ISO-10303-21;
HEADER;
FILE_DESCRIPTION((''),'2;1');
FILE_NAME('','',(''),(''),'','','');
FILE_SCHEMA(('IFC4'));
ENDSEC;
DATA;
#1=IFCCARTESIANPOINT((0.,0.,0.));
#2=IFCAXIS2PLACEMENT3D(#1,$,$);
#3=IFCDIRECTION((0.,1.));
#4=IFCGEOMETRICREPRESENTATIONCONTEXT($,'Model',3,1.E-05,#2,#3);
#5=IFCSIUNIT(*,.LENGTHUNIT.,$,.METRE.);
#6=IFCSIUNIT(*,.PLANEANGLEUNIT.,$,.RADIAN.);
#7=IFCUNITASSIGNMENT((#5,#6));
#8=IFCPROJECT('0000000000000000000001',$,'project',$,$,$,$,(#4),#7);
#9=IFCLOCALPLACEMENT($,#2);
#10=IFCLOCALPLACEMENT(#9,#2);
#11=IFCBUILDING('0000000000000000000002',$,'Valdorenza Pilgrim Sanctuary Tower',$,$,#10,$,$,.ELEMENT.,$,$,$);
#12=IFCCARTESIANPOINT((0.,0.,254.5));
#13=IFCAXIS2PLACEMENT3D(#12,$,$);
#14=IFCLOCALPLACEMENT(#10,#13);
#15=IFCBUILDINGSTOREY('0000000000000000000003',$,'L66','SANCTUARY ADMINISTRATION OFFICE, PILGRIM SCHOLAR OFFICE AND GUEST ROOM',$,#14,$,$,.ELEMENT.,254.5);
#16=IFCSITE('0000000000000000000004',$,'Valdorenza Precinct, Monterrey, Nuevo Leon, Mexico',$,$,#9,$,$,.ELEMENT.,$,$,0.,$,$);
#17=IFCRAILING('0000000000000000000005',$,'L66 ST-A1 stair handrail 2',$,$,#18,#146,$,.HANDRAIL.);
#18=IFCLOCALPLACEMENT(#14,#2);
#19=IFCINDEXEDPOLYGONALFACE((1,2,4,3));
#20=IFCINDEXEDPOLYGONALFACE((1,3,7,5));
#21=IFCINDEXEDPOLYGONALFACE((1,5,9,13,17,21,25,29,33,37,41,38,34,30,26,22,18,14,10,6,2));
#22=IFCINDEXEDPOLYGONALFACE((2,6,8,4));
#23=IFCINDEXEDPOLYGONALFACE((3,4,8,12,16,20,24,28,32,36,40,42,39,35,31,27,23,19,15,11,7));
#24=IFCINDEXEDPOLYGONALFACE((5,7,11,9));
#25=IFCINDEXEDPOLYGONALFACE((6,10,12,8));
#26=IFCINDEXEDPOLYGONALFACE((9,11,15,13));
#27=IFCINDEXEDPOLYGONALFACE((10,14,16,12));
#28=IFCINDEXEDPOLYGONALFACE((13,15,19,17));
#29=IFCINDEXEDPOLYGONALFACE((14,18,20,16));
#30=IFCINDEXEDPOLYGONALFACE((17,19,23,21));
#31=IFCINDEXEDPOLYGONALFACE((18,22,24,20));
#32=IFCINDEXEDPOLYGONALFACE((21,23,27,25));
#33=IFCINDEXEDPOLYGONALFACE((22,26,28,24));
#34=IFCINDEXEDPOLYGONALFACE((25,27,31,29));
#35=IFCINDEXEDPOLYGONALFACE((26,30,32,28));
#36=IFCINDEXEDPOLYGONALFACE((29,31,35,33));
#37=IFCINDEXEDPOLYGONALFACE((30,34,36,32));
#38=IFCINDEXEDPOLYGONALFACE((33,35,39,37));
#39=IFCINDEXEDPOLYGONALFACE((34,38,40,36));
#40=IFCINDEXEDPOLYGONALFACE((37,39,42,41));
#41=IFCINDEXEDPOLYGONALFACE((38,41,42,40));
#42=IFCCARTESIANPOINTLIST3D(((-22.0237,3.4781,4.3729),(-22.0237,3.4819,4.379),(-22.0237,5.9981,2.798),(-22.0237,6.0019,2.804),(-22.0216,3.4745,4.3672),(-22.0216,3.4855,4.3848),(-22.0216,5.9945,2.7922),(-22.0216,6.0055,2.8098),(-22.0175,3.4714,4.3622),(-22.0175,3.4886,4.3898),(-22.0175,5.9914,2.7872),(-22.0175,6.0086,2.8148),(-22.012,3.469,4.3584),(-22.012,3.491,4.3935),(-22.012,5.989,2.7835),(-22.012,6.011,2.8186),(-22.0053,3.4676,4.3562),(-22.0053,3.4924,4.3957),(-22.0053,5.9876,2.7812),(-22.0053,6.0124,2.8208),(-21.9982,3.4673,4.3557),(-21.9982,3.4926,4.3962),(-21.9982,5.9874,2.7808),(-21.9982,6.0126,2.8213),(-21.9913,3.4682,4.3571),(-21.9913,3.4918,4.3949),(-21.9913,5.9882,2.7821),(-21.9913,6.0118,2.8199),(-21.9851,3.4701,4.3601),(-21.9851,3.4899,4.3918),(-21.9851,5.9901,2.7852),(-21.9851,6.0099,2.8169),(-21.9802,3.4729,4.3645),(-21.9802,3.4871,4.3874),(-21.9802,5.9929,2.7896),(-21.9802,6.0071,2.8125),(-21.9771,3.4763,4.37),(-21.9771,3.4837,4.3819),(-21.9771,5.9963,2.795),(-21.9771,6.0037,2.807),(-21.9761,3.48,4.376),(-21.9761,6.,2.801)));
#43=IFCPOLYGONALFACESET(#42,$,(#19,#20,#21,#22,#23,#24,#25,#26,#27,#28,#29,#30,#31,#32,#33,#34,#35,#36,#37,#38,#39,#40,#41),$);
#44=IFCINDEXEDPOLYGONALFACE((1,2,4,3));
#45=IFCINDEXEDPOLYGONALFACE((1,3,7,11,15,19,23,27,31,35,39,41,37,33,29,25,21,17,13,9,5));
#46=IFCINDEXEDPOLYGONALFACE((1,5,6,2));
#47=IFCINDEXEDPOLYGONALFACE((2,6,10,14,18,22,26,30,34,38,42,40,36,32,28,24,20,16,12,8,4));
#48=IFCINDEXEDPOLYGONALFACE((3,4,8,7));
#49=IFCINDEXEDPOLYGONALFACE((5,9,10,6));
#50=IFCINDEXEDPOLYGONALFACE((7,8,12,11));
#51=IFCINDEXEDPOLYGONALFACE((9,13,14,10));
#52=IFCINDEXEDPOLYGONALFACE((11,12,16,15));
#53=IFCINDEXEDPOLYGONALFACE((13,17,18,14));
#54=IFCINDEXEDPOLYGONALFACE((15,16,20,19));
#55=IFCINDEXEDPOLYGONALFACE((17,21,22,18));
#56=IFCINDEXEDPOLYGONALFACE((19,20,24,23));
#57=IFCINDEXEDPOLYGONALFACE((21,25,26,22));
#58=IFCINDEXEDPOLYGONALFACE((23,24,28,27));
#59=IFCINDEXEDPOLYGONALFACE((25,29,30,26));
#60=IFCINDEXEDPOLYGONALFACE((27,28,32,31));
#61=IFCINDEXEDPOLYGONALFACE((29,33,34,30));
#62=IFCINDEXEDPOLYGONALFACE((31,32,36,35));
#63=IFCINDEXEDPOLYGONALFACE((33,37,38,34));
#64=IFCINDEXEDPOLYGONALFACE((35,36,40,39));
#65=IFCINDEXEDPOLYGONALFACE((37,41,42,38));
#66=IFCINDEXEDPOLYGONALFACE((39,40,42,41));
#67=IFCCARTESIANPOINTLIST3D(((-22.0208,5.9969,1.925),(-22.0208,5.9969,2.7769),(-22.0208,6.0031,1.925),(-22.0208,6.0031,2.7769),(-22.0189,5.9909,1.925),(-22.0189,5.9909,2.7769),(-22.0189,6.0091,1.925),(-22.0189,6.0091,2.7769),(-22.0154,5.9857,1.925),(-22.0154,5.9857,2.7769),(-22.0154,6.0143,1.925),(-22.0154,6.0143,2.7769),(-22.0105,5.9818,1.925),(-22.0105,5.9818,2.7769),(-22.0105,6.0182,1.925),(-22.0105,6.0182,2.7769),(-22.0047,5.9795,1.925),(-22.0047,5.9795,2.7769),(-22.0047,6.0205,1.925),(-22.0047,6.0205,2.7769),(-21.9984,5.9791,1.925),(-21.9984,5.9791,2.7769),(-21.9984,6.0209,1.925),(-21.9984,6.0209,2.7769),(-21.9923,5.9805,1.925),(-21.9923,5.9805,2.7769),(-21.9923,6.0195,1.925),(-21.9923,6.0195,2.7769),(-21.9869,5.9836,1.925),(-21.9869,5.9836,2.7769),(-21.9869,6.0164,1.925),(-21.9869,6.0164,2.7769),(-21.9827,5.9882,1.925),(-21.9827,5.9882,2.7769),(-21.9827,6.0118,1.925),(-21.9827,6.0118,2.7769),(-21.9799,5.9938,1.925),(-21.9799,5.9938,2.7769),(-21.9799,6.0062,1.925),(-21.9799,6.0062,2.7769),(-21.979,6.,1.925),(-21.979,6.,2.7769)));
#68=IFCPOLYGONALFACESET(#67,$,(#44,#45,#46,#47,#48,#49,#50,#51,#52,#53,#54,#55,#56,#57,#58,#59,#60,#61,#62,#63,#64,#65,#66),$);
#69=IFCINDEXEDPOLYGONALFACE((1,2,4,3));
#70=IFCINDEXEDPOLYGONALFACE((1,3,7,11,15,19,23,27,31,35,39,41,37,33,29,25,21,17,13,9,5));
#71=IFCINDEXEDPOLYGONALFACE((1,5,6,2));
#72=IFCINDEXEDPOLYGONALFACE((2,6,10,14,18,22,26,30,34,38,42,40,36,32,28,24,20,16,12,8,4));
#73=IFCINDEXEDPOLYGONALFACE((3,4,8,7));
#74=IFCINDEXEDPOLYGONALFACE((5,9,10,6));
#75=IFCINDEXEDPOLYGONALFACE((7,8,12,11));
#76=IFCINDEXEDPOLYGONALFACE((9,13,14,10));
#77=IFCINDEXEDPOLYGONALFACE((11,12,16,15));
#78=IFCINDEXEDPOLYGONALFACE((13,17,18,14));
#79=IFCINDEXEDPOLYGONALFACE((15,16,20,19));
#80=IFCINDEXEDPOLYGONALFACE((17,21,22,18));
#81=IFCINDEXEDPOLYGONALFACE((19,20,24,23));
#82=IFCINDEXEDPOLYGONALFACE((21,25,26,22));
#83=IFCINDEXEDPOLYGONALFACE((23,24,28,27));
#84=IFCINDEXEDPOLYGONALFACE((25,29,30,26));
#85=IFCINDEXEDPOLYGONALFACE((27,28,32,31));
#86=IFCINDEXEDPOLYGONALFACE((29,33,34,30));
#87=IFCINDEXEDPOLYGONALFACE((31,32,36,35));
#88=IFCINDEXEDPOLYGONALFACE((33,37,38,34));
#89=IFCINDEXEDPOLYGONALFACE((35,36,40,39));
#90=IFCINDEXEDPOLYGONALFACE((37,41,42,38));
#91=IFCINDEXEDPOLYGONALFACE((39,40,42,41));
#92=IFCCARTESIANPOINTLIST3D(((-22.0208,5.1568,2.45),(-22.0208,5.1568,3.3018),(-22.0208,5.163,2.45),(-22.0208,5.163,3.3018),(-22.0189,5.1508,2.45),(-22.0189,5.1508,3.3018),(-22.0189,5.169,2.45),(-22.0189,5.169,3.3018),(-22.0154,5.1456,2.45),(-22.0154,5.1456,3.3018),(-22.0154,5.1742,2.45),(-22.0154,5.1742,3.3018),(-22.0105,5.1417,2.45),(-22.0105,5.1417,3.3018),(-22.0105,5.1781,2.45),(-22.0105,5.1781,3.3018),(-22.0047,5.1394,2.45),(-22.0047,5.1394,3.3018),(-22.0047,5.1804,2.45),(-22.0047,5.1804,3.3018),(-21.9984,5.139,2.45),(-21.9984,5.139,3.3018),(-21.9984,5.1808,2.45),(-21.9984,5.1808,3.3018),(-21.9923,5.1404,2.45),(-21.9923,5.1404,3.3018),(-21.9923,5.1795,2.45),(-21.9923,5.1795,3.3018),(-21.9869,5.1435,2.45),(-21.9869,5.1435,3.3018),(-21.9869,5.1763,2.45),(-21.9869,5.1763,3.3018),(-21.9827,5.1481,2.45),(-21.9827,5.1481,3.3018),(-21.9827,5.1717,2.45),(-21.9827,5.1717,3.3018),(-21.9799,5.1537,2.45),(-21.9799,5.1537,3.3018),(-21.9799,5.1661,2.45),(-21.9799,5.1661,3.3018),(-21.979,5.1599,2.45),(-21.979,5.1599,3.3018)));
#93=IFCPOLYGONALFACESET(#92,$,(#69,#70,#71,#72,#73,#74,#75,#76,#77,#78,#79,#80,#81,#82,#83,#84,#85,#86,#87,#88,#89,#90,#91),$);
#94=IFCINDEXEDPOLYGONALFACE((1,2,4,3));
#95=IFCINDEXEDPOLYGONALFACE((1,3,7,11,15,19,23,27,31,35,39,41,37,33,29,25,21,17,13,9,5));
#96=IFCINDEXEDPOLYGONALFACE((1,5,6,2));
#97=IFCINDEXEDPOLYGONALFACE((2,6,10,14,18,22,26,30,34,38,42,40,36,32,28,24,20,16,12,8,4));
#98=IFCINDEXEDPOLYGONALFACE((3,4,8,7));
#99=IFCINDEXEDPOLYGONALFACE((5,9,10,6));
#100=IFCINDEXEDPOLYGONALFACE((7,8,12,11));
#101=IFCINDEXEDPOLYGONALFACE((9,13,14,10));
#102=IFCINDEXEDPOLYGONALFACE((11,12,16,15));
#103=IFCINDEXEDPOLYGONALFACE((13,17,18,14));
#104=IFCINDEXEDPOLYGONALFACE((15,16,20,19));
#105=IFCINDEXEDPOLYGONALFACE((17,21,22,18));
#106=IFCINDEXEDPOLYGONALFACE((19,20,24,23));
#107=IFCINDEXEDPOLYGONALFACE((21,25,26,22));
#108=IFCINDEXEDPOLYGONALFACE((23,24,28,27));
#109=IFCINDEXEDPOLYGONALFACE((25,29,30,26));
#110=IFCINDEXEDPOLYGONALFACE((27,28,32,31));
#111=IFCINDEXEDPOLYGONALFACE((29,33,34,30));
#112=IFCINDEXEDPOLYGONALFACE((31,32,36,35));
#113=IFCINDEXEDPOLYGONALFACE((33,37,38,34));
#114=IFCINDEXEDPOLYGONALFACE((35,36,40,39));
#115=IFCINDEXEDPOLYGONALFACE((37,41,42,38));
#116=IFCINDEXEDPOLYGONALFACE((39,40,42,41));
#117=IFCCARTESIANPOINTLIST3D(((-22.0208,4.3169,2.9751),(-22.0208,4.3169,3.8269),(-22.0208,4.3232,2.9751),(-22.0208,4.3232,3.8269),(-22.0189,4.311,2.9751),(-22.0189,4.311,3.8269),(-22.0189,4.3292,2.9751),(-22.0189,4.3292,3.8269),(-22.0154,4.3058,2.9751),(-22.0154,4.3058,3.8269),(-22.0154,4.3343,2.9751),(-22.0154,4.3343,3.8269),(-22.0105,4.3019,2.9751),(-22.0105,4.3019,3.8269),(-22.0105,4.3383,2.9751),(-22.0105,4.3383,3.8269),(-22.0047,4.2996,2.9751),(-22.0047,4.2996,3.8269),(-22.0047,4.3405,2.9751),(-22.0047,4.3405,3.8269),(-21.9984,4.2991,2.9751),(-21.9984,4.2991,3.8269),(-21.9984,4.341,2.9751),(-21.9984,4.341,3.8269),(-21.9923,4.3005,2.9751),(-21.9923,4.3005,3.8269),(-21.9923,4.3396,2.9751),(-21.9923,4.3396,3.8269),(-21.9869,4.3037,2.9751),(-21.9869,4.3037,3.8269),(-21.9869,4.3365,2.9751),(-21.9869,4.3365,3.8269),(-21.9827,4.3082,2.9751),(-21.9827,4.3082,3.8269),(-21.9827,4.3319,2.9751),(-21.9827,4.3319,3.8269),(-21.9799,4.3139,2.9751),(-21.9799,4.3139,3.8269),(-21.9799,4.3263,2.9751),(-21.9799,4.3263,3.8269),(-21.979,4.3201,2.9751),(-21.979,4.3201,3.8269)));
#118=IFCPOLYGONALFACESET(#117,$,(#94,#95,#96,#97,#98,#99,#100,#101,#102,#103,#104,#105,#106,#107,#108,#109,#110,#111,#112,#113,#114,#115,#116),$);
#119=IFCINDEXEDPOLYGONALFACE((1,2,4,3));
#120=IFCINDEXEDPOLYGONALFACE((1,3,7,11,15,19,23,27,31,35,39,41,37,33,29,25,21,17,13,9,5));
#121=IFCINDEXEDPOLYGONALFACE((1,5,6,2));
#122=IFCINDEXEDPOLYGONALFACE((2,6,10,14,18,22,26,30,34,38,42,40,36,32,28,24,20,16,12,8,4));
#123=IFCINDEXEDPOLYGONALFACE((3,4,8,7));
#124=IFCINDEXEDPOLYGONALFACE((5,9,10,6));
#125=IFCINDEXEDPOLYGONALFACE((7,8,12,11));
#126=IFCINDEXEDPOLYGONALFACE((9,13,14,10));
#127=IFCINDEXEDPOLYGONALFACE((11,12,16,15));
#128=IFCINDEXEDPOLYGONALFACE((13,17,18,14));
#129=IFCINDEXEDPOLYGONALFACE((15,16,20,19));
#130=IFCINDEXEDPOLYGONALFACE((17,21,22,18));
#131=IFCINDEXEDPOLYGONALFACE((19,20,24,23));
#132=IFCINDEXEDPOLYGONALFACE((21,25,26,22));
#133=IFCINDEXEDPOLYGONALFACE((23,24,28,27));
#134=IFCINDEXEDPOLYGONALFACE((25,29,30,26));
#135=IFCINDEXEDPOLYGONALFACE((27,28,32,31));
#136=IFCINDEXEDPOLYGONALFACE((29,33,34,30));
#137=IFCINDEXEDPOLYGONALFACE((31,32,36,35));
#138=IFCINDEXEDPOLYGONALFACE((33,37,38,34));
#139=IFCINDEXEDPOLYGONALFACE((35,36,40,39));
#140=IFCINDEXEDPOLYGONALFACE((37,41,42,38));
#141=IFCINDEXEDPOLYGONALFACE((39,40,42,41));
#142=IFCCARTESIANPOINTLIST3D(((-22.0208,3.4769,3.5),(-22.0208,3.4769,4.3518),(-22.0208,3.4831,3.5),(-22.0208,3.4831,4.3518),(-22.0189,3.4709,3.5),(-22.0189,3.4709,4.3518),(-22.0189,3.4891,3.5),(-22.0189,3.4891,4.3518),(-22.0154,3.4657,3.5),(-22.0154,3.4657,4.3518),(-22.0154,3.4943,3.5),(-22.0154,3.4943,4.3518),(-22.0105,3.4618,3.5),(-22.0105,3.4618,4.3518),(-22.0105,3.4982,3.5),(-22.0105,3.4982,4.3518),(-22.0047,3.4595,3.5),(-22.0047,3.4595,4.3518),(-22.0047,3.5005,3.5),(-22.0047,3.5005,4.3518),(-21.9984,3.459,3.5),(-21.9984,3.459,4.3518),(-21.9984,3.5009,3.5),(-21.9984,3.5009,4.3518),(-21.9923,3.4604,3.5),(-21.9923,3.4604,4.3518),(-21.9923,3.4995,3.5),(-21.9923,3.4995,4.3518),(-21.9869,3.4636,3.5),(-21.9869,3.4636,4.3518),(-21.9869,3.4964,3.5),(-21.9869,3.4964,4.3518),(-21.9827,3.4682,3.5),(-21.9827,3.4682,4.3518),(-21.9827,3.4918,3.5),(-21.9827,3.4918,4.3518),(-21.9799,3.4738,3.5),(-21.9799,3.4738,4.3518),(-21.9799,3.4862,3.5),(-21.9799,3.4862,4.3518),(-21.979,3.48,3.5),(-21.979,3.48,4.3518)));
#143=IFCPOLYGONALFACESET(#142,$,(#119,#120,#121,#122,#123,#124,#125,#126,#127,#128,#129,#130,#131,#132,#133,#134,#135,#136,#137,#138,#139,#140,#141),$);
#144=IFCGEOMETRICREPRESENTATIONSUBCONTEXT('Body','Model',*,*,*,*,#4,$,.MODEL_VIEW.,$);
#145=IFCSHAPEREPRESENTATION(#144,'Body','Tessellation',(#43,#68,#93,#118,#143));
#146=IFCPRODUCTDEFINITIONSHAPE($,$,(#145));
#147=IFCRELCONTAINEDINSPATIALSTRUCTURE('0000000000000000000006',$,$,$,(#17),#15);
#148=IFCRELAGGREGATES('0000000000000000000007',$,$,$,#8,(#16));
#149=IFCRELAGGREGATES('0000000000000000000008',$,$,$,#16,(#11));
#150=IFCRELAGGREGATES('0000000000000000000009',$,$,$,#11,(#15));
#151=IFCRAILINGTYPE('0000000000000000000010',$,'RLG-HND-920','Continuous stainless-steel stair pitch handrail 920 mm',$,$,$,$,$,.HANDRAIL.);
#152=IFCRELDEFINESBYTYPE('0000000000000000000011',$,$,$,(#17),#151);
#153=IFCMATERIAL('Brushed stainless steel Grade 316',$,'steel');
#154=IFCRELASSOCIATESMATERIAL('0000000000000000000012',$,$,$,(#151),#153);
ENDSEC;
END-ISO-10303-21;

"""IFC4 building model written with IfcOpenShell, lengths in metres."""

from ifc_helpers import new_model, si_unit, direction, frame, origin, origin_2d, place, context, subcontext, project, spatial, circle, extrude, material, type_object, element, save


model = new_model("IFC4")

# Units and contexts
model_context = context("Model", 3, precision=1e-05, world=origin(), true_north=direction((0.0, 1.0)))
body_context = subcontext(model_context, "Body", "Model", "MODEL_VIEW")
ifc_project = project(units=[si_unit("LENGTHUNIT", "METRE"), si_unit("PLANEANGLEUNIT", "RADIAN")], contexts=[model_context])

# Site, building, storey
site_placement = place(None, origin())
site = spatial("IfcSite", under=ifc_project, at=site_placement, Name="Valdorenza Precinct, Monterrey, Nuevo Leon, Mexico", CompositionType="ELEMENT", RefElevation=0.0)
building_placement = place(site_placement, origin())
building = spatial("IfcBuilding", under=site, at=building_placement, Name="Valdorenza Pilgrim Sanctuary Tower", CompositionType="ELEMENT")
storey_placement = place(building_placement, frame((0.0, 0.0, 254.5)))
storey = spatial("IfcBuildingStorey", under=building, at=storey_placement, Name="L66", Description="SANCTUARY ADMINISTRATION OFFICE, PILGRIM SCHOLAR OFFICE AND GUEST ROOM", CompositionType="ELEMENT", Elevation=254.5)

# Shared definitions
ifc_material_1 = material(Name="Brushed stainless steel Grade 316", Category="steel")

# Railing
railing_type_1 = type_object("IfcRailingType", Name="RLG-HND-920", Description="Continuous stainless-steel stair pitch handrail 920 mm", PredefinedType="HANDRAIL", material=ifc_material_1)
railing_1_placement = place(storey_placement, frame((-22.0, 6.0, 1.925)))
element("IfcRailing", 1, at=railing_1_placement, inside=storey, type_object=railing_type_1, Name="L66 ST-A1 stair handrail 2", PredefinedType="HANDRAIL", context=body_context, shape_type="SweptSolid", body=[
    extrude(circle(Radius=0.0239, at=origin_2d()), frame((0.0, 0.0, 0.876), z_axis=(0.0, -0.848008, 0.529984), x_axis=(1.0, 0.0, 0.0)), (0.0, 0.0, 1.0), 2.9717),
    extrude(circle(Radius=0.021, at=origin_2d()), origin(), (0.0, 0.0, 1.0), 0.8518),
    extrude(circle(Radius=0.021, at=origin_2d()), frame((0.0, -0.8401, 0.5249)), (0.0, 0.0, 1.0), 0.8518),
    extrude(circle(Radius=0.021, at=origin_2d()), frame((0.0, -1.6799, 1.05)), (0.0, 0.0, 1.0), 0.8518),
    extrude(circle(Radius=0.021, at=origin_2d()), frame((0.0, -2.52, 1.575)), (0.0, 0.0, 1.0), 0.8518),
])

save(model, "model.ifc")
